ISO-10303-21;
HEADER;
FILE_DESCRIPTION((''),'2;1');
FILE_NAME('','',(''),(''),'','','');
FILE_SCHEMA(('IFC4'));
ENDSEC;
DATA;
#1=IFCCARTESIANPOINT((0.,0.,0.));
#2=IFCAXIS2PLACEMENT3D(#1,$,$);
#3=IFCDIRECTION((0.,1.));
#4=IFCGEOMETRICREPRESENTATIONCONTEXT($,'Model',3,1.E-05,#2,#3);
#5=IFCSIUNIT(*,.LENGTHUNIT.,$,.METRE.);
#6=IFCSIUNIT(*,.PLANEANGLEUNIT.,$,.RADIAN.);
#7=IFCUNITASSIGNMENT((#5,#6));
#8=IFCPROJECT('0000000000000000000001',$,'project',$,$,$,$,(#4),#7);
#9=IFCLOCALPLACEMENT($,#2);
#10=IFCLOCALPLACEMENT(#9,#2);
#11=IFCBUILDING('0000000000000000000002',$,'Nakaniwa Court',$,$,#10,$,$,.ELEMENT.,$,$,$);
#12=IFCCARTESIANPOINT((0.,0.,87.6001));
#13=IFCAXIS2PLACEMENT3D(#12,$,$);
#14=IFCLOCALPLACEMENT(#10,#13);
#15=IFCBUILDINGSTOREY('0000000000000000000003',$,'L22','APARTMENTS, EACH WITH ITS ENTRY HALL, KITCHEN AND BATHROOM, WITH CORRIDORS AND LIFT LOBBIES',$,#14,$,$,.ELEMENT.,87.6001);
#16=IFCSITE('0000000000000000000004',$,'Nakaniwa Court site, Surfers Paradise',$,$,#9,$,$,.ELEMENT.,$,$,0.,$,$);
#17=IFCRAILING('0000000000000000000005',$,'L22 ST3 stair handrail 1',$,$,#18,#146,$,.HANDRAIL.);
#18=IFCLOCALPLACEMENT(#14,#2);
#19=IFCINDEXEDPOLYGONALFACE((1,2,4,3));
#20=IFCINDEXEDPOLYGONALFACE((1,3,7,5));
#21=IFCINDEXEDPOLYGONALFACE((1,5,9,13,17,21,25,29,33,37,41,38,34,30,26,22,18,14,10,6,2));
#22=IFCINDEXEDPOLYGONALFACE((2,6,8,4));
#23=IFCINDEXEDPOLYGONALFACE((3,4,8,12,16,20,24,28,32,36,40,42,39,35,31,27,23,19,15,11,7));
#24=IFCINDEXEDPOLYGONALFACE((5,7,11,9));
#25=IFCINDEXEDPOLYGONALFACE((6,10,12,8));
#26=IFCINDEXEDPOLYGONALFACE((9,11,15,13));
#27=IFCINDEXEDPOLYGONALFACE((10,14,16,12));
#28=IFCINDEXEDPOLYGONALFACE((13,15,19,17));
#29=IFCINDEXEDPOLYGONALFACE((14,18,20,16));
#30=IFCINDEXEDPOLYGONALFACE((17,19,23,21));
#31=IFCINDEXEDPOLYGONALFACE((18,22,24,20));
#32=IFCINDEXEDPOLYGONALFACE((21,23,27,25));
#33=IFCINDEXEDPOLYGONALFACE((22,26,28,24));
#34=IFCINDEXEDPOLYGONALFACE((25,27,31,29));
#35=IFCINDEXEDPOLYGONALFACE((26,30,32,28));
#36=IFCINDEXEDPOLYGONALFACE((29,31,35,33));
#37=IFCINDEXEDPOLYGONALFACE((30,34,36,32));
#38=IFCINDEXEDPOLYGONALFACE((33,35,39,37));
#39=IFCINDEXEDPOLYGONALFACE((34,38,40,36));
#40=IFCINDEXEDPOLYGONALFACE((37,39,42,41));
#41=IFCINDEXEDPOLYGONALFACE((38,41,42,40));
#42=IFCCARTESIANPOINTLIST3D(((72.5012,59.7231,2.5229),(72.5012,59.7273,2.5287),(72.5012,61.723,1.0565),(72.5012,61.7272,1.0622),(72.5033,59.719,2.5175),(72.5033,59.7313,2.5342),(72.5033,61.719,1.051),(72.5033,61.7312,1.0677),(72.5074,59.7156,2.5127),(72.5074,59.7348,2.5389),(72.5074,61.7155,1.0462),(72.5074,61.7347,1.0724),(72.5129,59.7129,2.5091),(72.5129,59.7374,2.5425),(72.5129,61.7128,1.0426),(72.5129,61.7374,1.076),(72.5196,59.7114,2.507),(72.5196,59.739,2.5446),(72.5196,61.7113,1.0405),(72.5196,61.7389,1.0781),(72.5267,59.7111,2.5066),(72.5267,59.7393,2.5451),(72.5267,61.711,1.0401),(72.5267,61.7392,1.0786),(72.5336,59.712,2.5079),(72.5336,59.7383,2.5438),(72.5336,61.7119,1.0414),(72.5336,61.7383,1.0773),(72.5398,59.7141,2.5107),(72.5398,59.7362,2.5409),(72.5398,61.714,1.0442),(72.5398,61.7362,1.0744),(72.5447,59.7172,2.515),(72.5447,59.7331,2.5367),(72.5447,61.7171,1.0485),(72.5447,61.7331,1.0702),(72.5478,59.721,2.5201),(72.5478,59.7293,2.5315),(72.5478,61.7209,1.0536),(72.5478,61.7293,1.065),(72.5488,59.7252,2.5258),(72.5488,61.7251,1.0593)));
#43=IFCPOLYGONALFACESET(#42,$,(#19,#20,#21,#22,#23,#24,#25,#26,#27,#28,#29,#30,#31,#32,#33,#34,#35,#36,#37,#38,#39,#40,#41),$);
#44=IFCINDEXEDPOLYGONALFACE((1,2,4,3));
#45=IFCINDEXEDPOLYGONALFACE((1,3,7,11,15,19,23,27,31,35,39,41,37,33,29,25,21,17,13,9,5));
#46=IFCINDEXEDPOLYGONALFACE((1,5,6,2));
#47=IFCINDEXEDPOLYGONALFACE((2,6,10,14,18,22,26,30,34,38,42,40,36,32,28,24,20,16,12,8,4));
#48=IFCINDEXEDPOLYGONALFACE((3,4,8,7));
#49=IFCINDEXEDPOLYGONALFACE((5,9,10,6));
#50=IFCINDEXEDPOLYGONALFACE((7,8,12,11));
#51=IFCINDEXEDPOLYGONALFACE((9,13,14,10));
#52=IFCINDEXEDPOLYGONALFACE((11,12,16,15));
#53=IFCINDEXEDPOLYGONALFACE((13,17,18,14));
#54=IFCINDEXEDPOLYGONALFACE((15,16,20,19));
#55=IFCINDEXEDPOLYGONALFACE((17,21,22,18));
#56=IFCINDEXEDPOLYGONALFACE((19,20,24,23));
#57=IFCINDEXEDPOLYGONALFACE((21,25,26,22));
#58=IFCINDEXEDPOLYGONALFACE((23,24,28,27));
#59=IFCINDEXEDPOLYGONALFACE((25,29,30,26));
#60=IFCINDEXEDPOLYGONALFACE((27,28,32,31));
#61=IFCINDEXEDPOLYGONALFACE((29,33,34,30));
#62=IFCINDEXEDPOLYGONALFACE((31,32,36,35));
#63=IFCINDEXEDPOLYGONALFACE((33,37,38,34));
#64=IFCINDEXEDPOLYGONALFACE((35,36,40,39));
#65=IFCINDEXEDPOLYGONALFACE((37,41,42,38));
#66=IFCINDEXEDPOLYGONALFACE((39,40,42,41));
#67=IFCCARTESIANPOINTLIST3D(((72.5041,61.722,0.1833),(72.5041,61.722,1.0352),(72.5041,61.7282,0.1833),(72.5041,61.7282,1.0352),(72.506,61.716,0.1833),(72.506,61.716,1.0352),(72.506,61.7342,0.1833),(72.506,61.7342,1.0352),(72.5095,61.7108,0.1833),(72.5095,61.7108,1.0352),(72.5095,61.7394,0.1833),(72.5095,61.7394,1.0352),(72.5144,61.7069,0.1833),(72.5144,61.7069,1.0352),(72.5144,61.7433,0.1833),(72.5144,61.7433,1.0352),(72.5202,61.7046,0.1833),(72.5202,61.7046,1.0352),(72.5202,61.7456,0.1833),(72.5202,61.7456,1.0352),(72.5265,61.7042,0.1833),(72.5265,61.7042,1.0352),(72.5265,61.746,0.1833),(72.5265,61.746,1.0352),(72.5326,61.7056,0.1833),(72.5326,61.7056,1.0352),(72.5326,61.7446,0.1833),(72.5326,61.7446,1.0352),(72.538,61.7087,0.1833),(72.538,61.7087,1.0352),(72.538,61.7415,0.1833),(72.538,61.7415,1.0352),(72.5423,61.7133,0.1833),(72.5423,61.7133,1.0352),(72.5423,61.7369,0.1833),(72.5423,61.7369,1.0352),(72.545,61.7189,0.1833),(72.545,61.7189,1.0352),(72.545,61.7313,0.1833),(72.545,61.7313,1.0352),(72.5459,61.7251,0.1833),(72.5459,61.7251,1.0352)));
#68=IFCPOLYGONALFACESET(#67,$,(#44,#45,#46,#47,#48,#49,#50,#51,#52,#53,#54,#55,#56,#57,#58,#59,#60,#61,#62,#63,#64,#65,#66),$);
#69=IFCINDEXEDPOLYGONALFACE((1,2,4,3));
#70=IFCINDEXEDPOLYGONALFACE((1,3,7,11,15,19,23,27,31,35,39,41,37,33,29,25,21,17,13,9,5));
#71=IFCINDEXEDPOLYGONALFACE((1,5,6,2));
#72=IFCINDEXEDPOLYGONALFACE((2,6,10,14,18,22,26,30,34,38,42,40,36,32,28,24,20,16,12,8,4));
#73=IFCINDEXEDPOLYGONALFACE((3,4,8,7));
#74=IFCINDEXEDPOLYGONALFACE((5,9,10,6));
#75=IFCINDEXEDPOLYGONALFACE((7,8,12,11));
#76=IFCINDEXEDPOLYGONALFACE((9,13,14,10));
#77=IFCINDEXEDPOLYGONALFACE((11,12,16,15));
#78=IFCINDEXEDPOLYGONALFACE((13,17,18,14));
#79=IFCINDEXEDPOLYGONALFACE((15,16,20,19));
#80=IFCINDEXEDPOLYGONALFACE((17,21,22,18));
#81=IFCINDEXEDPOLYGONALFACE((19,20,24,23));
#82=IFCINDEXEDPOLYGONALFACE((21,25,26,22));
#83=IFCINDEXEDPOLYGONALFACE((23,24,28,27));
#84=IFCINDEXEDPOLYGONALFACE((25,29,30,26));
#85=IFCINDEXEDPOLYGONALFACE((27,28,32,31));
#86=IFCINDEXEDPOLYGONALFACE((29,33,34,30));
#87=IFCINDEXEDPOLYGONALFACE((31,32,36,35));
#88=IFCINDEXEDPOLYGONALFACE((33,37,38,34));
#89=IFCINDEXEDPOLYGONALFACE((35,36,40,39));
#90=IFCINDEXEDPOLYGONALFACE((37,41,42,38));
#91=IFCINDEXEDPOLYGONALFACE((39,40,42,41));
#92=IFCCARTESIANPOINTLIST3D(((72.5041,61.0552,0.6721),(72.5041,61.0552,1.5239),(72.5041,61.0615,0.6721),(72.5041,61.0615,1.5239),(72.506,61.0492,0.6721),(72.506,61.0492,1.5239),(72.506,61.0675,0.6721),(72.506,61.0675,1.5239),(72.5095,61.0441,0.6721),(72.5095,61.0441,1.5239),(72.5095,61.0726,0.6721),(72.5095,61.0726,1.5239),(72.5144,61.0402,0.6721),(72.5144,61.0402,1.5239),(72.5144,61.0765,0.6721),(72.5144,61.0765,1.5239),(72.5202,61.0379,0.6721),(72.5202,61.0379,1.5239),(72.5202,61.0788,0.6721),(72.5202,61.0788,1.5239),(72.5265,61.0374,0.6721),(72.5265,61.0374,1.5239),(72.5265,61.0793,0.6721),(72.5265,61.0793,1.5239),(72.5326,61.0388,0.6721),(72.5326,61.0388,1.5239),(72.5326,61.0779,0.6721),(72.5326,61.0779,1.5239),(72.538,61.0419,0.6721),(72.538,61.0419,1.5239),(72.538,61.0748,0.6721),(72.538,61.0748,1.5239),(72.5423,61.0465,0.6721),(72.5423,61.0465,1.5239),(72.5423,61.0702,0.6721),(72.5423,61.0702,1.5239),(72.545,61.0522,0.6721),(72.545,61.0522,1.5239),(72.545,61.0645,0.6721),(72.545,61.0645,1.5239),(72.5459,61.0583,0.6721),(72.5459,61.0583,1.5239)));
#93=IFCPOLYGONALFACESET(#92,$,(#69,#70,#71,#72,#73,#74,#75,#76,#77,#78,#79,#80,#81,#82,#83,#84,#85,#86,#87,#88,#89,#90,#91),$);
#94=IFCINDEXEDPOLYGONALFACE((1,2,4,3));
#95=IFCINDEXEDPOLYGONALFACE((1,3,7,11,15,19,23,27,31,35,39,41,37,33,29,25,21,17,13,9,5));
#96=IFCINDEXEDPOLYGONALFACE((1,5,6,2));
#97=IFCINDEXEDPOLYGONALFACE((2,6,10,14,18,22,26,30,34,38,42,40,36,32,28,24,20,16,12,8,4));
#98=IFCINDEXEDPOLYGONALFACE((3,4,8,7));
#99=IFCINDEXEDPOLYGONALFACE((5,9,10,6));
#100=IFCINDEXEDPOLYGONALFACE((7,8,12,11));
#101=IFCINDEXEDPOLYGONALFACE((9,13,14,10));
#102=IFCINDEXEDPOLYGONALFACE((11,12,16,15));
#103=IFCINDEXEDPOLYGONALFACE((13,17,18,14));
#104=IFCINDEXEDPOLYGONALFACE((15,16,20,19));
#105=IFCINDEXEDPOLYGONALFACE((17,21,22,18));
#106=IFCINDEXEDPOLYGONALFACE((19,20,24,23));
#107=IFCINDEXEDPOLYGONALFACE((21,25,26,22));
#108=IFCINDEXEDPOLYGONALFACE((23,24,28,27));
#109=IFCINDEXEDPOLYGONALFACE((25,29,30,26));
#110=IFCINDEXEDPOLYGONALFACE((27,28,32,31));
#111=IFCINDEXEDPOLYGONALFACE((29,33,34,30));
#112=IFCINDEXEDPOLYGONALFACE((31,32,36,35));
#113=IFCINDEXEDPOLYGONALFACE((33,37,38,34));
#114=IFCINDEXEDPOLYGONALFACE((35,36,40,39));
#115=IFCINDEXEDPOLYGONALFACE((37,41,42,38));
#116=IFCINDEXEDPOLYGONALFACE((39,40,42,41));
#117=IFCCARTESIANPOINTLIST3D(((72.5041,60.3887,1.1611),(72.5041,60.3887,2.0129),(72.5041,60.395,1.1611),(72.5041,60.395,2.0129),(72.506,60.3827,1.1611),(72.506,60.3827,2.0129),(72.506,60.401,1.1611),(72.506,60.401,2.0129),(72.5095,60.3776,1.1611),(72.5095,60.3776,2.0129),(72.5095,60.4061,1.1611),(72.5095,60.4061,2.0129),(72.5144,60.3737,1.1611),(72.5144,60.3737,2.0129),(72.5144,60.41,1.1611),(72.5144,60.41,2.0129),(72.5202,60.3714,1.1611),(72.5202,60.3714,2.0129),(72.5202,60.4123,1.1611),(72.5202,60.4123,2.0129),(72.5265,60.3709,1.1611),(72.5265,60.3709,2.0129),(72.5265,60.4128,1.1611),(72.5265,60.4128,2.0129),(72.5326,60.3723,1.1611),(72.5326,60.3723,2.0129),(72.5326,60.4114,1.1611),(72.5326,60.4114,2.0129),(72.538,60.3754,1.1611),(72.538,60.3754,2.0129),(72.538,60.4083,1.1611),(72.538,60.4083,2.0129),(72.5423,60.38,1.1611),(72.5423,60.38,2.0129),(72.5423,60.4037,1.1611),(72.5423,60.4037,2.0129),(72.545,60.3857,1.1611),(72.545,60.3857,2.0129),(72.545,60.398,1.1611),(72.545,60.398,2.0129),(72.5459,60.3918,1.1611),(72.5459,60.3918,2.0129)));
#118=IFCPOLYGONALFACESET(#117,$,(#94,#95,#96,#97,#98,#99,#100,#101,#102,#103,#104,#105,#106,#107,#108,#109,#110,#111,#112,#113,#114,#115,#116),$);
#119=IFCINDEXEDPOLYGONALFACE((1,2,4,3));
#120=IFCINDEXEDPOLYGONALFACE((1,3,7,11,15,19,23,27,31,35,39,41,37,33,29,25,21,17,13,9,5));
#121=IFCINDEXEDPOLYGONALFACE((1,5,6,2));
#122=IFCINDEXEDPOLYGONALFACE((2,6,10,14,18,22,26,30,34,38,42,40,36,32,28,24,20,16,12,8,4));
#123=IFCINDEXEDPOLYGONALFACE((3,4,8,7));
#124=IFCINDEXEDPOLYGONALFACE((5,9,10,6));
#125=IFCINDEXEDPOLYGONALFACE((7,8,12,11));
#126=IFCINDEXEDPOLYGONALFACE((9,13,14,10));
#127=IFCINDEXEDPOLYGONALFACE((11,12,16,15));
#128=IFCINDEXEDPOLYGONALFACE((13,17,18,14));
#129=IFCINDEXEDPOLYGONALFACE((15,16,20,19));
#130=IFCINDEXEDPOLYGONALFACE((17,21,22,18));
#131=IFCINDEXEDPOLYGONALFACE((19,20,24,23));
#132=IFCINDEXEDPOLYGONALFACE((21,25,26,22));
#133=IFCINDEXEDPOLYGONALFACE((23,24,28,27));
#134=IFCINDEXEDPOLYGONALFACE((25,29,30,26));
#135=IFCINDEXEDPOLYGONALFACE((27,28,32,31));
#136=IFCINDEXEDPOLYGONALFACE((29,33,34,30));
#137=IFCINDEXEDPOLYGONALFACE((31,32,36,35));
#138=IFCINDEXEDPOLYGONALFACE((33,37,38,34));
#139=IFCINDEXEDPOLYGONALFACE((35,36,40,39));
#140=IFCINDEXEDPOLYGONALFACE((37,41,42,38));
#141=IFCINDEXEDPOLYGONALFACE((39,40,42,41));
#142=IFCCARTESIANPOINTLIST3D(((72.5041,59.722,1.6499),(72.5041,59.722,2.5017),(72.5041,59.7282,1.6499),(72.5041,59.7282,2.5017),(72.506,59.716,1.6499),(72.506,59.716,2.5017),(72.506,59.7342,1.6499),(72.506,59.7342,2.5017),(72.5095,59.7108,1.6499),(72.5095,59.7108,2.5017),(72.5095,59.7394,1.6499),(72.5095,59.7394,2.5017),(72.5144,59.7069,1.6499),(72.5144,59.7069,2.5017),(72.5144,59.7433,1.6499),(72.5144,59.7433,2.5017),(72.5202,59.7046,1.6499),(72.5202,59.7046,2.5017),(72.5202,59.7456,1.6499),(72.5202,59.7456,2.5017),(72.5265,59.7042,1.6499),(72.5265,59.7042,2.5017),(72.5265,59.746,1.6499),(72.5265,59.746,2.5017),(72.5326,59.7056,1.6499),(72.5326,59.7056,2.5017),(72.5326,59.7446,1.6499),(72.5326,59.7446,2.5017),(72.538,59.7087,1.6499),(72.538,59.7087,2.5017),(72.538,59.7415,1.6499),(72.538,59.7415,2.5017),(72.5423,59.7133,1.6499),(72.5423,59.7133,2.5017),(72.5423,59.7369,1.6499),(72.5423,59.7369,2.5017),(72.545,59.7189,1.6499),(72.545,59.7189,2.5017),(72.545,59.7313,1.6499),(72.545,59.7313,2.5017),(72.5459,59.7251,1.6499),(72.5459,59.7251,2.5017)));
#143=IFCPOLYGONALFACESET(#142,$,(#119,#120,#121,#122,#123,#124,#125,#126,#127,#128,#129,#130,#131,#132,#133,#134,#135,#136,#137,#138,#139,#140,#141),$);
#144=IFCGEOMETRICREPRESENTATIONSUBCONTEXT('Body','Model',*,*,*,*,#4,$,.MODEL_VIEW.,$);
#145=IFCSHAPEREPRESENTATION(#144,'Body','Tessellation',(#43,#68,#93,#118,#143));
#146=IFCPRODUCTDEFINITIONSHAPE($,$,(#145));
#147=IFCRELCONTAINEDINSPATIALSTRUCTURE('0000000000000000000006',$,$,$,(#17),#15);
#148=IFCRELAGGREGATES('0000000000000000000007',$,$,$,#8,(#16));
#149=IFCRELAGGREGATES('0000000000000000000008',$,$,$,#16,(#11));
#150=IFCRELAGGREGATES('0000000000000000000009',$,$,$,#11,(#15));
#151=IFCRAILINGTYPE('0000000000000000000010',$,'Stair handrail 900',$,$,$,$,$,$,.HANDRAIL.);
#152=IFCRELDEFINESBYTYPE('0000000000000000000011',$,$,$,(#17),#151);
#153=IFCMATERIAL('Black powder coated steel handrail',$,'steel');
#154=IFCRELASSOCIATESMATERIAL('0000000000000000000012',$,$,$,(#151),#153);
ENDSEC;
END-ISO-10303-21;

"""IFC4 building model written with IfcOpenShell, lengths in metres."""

from ifc_helpers import new_model, si_unit, direction, frame, origin, origin_2d, place, context, subcontext, project, spatial, circle, extrude, material, type_object, element, save


model = new_model("IFC4")

# Units and contexts
model_context = context("Model", 3, precision=1e-05, world=origin(), true_north=direction((0.0, 1.0)))
body_context = subcontext(model_context, "Body", "Model", "MODEL_VIEW")
ifc_project = project(units=[si_unit("LENGTHUNIT", "METRE"), si_unit("PLANEANGLEUNIT", "RADIAN")], contexts=[model_context])

# Site, building, storey
site_placement = place(None, origin())
site = spatial("IfcSite", under=ifc_project, at=site_placement, Name="Nakaniwa Court site, Surfers Paradise", CompositionType="ELEMENT", RefElevation=0.0)
building_placement = place(site_placement, origin())
building = spatial("IfcBuilding", under=site, at=building_placement, Name="Nakaniwa Court", CompositionType="ELEMENT")
storey_placement = place(building_placement, frame((0.0, 0.0, 87.6001)))
storey = spatial("IfcBuildingStorey", under=building, at=storey_placement, Name="L22", Description="APARTMENTS, EACH WITH ITS ENTRY HALL, KITCHEN AND BATHROOM, WITH CORRIDORS AND LIFT LOBBIES", CompositionType="ELEMENT", Elevation=87.6001)

# Railing
ifc_material_1 = material(Name="Black powder coated steel handrail", Category="steel")
railing_type_1 = type_object("IfcRailingType", Name="Stair handrail 900", PredefinedType="HANDRAIL", material=ifc_material_1)
railing_1_placement = place(storey_placement, frame((72.5249, 61.7251, 0.1833)))
element("IfcRailing", 1, at=railing_1_placement, inside=storey, type_object=railing_type_1, Name="L22 ST3 stair handrail 1", PredefinedType="HANDRAIL", context=body_context, shape_type="SweptSolid", body=[
    extrude(circle(Radius=0.0239, at=origin_2d()), frame((0.0, 0.0, 0.876), z_axis=(0.0, -0.806427, 0.591334), x_axis=(1.0, 0.0, 0.0)), (0.0, 0.0, 1.0), 2.48),
    extrude(circle(Radius=0.021, at=origin_2d()), origin(), (0.0, 0.0, 1.0), 0.8518),
    extrude(circle(Radius=0.021, at=origin_2d()), frame((0.0, -0.6667, 0.4888)), (0.0, 0.0, 1.0), 0.8518),
    extrude(circle(Radius=0.021, at=origin_2d()), frame((0.0, -1.3333, 0.9778)), (0.0, 0.0, 1.0), 0.8518),
    extrude(circle(Radius=0.021, at=origin_2d()), frame((0.0, -2.0, 1.4666)), (0.0, 0.0, 1.0), 0.8518),
])

save(model, "model.ifc")
